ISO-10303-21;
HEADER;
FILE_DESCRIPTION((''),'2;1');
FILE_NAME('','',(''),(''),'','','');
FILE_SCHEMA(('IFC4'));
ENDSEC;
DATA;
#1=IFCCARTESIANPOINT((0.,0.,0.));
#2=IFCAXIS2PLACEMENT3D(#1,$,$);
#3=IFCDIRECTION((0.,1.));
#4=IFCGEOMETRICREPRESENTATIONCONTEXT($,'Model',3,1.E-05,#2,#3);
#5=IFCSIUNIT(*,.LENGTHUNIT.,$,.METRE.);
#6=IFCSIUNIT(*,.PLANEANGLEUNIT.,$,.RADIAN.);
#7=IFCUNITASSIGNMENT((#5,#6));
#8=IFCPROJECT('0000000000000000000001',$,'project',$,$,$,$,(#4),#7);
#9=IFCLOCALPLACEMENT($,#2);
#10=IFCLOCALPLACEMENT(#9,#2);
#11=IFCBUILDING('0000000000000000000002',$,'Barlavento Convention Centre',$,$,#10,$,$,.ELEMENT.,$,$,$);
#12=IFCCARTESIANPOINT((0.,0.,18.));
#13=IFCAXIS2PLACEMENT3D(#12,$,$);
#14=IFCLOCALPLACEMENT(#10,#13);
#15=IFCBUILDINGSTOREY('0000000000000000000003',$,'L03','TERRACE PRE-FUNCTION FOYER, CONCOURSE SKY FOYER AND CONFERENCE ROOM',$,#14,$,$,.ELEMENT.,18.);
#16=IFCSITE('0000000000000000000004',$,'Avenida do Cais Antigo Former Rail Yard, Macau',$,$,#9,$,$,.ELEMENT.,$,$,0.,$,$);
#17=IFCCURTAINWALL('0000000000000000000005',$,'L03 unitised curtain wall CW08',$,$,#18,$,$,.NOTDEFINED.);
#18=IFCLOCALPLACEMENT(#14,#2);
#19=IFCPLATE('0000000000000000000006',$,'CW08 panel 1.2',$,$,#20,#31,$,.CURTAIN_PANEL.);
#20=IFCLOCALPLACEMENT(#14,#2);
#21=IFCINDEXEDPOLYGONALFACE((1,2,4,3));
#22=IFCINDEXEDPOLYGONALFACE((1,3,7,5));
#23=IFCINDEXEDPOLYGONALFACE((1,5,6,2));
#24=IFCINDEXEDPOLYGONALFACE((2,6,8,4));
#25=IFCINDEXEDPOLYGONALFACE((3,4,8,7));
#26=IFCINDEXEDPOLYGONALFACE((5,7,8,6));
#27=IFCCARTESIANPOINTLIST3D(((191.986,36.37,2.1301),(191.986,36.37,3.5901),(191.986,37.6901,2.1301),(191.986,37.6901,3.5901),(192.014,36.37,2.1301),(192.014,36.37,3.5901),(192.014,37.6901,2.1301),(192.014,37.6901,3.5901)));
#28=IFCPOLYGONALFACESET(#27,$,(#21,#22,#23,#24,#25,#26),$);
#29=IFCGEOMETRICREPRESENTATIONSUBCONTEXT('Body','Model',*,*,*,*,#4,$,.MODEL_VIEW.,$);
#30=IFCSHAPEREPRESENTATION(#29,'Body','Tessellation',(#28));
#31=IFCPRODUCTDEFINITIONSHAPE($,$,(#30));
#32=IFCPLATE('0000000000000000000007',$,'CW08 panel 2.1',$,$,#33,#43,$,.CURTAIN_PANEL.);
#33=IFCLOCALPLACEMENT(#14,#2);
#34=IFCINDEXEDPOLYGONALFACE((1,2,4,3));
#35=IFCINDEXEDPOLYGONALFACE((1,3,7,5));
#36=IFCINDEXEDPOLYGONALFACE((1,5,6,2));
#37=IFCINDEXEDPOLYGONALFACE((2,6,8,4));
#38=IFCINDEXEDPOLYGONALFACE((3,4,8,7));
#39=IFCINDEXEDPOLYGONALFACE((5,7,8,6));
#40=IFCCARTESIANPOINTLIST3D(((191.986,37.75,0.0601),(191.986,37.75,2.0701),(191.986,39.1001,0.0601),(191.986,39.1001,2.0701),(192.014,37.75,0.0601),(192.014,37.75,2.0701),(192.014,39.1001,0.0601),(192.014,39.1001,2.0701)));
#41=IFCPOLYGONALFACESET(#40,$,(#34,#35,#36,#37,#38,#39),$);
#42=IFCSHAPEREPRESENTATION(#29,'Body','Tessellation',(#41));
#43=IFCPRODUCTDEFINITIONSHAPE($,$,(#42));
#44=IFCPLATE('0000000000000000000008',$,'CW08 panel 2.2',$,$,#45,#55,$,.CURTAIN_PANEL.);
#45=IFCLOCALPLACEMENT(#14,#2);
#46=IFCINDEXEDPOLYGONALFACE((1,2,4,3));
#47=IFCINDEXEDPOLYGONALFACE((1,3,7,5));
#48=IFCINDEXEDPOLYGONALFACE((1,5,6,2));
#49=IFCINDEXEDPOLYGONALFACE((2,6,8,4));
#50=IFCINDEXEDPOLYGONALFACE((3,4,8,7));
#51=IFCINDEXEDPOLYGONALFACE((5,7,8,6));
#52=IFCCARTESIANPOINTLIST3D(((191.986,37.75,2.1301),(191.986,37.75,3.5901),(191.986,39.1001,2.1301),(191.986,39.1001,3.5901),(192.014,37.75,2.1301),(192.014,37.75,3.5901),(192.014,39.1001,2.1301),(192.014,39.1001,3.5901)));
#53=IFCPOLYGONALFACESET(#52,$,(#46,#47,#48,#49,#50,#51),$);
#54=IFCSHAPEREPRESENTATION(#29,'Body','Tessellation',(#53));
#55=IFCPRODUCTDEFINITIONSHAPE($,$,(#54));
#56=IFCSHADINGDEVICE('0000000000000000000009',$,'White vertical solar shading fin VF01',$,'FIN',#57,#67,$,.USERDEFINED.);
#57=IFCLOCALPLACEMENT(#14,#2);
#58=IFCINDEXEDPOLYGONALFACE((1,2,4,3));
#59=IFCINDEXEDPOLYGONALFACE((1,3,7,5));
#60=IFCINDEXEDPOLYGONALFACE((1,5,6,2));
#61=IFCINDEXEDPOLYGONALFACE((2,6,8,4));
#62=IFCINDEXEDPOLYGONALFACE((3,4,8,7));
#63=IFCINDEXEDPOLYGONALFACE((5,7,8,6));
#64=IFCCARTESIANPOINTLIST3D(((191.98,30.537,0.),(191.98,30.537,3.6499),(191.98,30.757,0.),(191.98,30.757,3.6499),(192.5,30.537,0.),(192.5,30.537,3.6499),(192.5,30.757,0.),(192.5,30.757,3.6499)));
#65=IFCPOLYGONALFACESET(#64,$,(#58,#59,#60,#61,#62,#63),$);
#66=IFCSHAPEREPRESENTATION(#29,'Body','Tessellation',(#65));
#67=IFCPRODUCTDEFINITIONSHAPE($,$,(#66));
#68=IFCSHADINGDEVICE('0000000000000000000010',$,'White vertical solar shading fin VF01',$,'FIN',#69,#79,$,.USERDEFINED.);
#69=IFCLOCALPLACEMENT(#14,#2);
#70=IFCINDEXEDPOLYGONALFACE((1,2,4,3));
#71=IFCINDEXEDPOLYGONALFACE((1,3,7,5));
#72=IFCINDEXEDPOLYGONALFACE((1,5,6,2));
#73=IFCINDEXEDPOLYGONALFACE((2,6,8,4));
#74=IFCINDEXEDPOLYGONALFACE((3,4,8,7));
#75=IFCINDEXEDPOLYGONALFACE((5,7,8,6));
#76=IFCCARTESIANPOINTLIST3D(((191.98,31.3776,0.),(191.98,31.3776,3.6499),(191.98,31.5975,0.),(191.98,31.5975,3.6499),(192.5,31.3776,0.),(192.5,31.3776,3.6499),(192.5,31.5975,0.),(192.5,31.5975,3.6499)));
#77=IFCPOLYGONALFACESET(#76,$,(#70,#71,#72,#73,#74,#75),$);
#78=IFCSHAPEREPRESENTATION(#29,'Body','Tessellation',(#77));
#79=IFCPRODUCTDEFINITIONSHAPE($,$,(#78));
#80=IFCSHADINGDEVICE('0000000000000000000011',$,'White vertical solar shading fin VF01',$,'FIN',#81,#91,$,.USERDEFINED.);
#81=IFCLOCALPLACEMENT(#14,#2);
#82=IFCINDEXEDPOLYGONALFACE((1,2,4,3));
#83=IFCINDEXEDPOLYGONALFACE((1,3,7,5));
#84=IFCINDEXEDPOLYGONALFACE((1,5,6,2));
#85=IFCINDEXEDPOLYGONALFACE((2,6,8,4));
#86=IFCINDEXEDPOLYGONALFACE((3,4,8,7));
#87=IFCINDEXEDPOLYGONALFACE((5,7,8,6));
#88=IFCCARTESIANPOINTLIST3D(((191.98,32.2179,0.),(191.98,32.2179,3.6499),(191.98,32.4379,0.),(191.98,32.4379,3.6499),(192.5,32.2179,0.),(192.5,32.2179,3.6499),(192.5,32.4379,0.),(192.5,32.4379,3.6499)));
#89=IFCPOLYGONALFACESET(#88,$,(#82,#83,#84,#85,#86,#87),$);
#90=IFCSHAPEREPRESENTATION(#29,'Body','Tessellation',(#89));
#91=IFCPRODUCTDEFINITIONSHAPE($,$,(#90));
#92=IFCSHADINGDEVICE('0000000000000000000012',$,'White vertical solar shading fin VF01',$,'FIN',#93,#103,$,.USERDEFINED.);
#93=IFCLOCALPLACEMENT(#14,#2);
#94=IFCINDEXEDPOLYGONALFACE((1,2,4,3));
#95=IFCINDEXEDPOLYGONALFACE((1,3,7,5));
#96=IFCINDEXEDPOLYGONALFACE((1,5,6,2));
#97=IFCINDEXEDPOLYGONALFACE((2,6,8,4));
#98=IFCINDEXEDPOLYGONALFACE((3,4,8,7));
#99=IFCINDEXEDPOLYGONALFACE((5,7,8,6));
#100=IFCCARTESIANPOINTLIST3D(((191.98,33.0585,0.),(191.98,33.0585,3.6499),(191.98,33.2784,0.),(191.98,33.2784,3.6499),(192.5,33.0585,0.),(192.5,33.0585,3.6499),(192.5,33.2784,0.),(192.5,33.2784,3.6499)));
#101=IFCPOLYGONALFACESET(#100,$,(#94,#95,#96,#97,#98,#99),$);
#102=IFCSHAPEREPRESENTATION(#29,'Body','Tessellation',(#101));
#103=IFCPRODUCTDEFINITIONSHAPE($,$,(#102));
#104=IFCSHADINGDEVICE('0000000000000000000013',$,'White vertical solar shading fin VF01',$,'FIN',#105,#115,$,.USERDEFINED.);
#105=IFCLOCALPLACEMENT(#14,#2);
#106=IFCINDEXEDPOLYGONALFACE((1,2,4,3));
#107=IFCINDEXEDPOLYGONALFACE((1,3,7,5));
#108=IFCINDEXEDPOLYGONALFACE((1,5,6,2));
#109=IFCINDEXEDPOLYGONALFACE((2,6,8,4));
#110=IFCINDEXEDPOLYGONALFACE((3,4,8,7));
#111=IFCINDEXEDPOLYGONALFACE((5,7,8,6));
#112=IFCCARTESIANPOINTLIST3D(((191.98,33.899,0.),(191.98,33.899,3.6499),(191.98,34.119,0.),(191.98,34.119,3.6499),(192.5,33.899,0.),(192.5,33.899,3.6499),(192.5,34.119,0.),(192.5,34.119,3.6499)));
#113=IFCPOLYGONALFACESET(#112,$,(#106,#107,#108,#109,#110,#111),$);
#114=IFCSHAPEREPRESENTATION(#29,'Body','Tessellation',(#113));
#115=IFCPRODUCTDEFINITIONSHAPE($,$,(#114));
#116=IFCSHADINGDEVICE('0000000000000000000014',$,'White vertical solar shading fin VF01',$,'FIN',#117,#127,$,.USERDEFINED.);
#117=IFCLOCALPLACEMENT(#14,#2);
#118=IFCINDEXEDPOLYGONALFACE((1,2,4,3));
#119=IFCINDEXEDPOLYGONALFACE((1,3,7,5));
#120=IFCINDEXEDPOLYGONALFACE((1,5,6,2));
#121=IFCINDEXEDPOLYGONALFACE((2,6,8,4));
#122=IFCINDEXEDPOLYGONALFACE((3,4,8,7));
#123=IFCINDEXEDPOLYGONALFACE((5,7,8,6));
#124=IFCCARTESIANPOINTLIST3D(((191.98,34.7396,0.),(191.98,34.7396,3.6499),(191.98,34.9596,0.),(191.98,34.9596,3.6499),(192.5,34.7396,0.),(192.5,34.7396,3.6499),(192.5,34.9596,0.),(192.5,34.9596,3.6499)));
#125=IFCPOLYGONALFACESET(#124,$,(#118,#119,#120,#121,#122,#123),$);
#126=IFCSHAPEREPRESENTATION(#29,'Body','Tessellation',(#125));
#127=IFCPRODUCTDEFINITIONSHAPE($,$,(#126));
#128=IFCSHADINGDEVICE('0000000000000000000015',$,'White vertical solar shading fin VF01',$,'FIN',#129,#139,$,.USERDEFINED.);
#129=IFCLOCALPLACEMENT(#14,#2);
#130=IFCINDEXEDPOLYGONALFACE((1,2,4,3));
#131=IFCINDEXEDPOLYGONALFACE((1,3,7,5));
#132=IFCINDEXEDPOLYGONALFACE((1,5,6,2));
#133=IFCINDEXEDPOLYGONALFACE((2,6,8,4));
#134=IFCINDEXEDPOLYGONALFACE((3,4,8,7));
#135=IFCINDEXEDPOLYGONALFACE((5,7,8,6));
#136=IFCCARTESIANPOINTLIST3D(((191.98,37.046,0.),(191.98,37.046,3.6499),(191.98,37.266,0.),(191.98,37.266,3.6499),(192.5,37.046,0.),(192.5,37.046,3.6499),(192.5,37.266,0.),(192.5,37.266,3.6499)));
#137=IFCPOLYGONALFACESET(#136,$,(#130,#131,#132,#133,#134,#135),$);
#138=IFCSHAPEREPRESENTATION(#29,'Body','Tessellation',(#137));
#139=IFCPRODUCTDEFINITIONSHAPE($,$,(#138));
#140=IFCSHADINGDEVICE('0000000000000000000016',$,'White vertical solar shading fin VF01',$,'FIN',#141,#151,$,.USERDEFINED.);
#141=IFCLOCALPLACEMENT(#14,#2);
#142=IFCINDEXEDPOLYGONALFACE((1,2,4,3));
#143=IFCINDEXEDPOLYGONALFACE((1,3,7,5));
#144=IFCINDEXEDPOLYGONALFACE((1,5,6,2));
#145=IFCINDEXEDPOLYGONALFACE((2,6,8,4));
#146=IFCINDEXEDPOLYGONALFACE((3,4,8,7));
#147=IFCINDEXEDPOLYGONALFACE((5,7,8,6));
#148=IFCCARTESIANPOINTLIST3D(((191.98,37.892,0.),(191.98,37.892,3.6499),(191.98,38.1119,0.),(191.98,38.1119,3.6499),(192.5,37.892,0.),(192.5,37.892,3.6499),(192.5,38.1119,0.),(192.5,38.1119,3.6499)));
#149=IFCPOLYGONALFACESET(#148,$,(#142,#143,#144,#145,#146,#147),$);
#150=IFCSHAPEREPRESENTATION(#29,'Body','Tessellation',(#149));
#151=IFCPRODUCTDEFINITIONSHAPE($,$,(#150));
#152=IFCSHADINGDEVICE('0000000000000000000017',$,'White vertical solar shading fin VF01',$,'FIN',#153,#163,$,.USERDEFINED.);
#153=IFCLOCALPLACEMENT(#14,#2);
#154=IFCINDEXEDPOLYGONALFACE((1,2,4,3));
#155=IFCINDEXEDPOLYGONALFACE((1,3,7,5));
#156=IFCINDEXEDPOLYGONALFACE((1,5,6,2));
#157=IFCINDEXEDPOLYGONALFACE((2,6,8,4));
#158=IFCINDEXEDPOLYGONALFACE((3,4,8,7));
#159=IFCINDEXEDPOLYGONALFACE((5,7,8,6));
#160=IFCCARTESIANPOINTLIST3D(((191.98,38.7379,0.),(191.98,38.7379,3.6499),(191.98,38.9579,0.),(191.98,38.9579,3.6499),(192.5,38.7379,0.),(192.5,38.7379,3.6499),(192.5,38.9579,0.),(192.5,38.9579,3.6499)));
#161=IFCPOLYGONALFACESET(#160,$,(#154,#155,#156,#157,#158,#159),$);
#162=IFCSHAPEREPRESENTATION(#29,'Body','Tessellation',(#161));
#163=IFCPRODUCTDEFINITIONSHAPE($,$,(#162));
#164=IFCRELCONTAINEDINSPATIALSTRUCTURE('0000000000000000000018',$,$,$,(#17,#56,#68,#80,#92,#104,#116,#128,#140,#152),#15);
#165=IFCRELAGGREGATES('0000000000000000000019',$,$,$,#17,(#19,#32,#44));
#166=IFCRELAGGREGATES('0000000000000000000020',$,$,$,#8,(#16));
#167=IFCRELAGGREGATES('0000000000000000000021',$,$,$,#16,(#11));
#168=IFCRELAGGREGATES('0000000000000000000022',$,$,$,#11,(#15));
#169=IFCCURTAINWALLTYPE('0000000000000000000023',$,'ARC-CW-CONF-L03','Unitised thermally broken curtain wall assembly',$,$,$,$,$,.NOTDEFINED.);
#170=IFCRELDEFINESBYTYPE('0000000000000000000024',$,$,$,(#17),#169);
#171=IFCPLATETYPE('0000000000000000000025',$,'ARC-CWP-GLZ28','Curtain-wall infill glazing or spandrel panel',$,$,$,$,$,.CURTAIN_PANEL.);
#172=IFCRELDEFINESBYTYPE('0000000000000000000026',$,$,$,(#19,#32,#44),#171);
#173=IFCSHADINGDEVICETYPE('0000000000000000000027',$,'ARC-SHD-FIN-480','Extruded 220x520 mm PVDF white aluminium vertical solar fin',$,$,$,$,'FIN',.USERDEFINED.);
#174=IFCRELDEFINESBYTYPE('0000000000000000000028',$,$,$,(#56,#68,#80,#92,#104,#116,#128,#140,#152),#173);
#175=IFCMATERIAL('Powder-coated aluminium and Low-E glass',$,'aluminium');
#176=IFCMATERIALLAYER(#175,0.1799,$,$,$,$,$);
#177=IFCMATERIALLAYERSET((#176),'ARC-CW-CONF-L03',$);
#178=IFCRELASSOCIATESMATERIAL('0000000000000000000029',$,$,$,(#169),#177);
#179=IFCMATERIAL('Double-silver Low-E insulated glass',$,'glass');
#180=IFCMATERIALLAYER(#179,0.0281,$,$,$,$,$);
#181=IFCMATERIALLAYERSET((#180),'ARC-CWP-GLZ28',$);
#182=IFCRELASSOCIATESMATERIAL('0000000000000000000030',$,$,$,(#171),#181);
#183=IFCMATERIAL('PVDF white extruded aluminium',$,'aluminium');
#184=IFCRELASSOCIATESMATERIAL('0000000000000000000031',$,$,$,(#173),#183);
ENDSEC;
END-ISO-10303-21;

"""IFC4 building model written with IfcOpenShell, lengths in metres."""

from ifc_helpers import new_model, si_unit, direction, frame, origin, origin_2d, place, context, subcontext, project, spatial, rectangle, extrude, material, layer, layer_set, type_object, element, aggregate, save


model = new_model("IFC4")

# Units and contexts
model_context = context("Model", 3, precision=1e-05, world=origin(), true_north=direction((0.0, 1.0)))
body_context = subcontext(model_context, "Body", "Model", "MODEL_VIEW")
ifc_project = project(units=[si_unit("LENGTHUNIT", "METRE"), si_unit("PLANEANGLEUNIT", "RADIAN")], contexts=[model_context])

# Site, building, storey
site_placement = place(None, origin())
site = spatial("IfcSite", under=ifc_project, at=site_placement, Name="Avenida do Cais Antigo Former Rail Yard, Macau", CompositionType="ELEMENT", RefElevation=0.0)
building_placement = place(site_placement, origin())
building = spatial("IfcBuilding", under=site, at=building_placement, Name="Barlavento Convention Centre", CompositionType="ELEMENT")
storey_placement = place(building_placement, frame((0.0, 0.0, 18.0)))
storey = spatial("IfcBuildingStorey", under=building, at=storey_placement, Name="L03", Description="TERRACE PRE-FUNCTION FOYER, CONCOURSE SKY FOYER AND CONFERENCE ROOM", CompositionType="ELEMENT", Elevation=18.0)

# Curtain wall
ifc_material_1 = material(Name="Powder-coated aluminium and Low-E glass", Category="aluminium")
ifc_layer_1 = layer(ifc_material_1, 0.1799)
ifc_layer_set_1 = layer_set([ifc_layer_1], Name="ARC-CW-CONF-L03")
curtain_wall_type = type_object("IfcCurtainWallType", Name="ARC-CW-CONF-L03", Description="Unitised thermally broken curtain wall assembly", PredefinedType="NOTDEFINED", material=ifc_layer_set_1)
curtain_wall_1_placement = place(storey_placement, origin())
curtain_wall_1 = element("IfcCurtainWall", 1, at=curtain_wall_1_placement, inside=storey, type_object=curtain_wall_type, Name="L03 unitised curtain wall CW08", PredefinedType="NOTDEFINED")

# Plates
ifc_material_2 = material(Name="Double-silver Low-E insulated glass", Category="glass")
ifc_layer_2 = layer(ifc_material_2, 0.0281)
ifc_layer_set_2 = layer_set([ifc_layer_2], Name="ARC-CWP-GLZ28")
plate_type = type_object("IfcPlateType", Name="ARC-CWP-GLZ28", Description="Curtain-wall infill glazing or spandrel panel", PredefinedType="CURTAIN_PANEL", material=ifc_layer_set_2)
plate_1_placement = place(storey_placement, frame((192.0, 37.03, 2.1301), z_axis=(0.0, 0.0, 1.0), x_axis=(0.0, 1.0, 0.0)))
plate_1 = element("IfcPlate", 2, at=plate_1_placement, type_object=plate_type, Name="CW08 panel 1.2", PredefinedType="CURTAIN_PANEL", context=body_context, shape_type="SweptSolid", body=[
    extrude(rectangle(XDim=1.3201, YDim=0.0281, at=origin_2d()), origin(), (0.0, 0.0, 1.0), 1.46),
])
plate_2_placement = place(storey_placement, frame((192.0, 38.425, 0.0601), z_axis=(0.0, 0.0, 1.0), x_axis=(0.0, 1.0, 0.0)))
plate_2 = element("IfcPlate", 3, at=plate_2_placement, type_object=plate_type, Name="CW08 panel 2.1", PredefinedType="CURTAIN_PANEL", context=body_context, shape_type="SweptSolid", body=[
    extrude(rectangle(XDim=1.3501, YDim=0.0281, at=origin_2d()), origin(), (0.0, 0.0, 1.0), 2.01),
])
plate_3_placement = place(storey_placement, frame((192.0, 38.425, 2.1301), z_axis=(0.0, 0.0, 1.0), x_axis=(0.0, 1.0, 0.0)))
plate_3 = element("IfcPlate", 4, at=plate_3_placement, type_object=plate_type, Name="CW08 panel 2.2", PredefinedType="CURTAIN_PANEL", context=body_context, shape_type="SweptSolid", body=[
    extrude(rectangle(XDim=1.3501, YDim=0.0281, at=origin_2d()), origin(), (0.0, 0.0, 1.0), 1.46),
])
aggregate(curtain_wall_1, [plate_1, plate_2, plate_3])

# Shading devices
ifc_material_3 = material(Name="PVDF white extruded aluminium", Category="aluminium")
shading_device_type = type_object("IfcShadingDeviceType", Name="ARC-SHD-FIN-480", Description="Extruded 220x520 mm PVDF white aluminium vertical solar fin", ElementType="FIN", PredefinedType="USERDEFINED", material=ifc_material_3)
for number, where, z_axis, x_axis, name in (
    (5, (192.24, 30.647, 0.0), (0.0, 0.0, 1.0), (0.0, 1.0, 0.0), "White vertical solar shading fin VF01"),
    (6, (192.24, 31.4875, 0.0), (0.0, 0.0, 1.0), (0.0, 1.0, 0.0), "White vertical solar shading fin VF01"),
    (7, (192.24, 32.3279, 0.0), (0.0, 0.0, 1.0), (0.0, 1.0, 0.0), "White vertical solar shading fin VF01"),
    (8, (192.24, 33.1685, 0.0), (0.0, 0.0, 1.0), (0.0, 1.0, 0.0), "White vertical solar shading fin VF01"),
    (9, (192.24, 34.009, 0.0), (0.0, 0.0, 1.0), (0.0, 1.0, 0.0), "White vertical solar shading fin VF01"),
    (10, (192.24, 34.8496, 0.0), (0.0, 0.0, 1.0), (0.0, 1.0, 0.0), "White vertical solar shading fin VF01"),
    (11, (192.24, 37.156, 0.0), (0.0, 0.0, 1.0), (0.0, 1.0, 0.0), "White vertical solar shading fin VF01"),
    (12, (192.24, 38.002, 0.0), (0.0, 0.0, 1.0), (0.0, 1.0, 0.0), "White vertical solar shading fin VF01"),
    (13, (192.24, 38.8479, 0.0), (0.0, 0.0, 1.0), (0.0, 1.0, 0.0), "White vertical solar shading fin VF01"),
):
    element("IfcShadingDevice", number, at=place(storey_placement, frame(where, z_axis=z_axis, x_axis=x_axis)), inside=storey, type_object=shading_device_type, Name=name, ObjectType="FIN", PredefinedType="USERDEFINED", context=body_context, shape_type="SweptSolid", body=[
        extrude(rectangle(XDim=0.22, YDim=0.52, at=origin_2d()), origin(), (0.0, 0.0, 1.0), 3.6499),
    ])

save(model, "model.ifc")
